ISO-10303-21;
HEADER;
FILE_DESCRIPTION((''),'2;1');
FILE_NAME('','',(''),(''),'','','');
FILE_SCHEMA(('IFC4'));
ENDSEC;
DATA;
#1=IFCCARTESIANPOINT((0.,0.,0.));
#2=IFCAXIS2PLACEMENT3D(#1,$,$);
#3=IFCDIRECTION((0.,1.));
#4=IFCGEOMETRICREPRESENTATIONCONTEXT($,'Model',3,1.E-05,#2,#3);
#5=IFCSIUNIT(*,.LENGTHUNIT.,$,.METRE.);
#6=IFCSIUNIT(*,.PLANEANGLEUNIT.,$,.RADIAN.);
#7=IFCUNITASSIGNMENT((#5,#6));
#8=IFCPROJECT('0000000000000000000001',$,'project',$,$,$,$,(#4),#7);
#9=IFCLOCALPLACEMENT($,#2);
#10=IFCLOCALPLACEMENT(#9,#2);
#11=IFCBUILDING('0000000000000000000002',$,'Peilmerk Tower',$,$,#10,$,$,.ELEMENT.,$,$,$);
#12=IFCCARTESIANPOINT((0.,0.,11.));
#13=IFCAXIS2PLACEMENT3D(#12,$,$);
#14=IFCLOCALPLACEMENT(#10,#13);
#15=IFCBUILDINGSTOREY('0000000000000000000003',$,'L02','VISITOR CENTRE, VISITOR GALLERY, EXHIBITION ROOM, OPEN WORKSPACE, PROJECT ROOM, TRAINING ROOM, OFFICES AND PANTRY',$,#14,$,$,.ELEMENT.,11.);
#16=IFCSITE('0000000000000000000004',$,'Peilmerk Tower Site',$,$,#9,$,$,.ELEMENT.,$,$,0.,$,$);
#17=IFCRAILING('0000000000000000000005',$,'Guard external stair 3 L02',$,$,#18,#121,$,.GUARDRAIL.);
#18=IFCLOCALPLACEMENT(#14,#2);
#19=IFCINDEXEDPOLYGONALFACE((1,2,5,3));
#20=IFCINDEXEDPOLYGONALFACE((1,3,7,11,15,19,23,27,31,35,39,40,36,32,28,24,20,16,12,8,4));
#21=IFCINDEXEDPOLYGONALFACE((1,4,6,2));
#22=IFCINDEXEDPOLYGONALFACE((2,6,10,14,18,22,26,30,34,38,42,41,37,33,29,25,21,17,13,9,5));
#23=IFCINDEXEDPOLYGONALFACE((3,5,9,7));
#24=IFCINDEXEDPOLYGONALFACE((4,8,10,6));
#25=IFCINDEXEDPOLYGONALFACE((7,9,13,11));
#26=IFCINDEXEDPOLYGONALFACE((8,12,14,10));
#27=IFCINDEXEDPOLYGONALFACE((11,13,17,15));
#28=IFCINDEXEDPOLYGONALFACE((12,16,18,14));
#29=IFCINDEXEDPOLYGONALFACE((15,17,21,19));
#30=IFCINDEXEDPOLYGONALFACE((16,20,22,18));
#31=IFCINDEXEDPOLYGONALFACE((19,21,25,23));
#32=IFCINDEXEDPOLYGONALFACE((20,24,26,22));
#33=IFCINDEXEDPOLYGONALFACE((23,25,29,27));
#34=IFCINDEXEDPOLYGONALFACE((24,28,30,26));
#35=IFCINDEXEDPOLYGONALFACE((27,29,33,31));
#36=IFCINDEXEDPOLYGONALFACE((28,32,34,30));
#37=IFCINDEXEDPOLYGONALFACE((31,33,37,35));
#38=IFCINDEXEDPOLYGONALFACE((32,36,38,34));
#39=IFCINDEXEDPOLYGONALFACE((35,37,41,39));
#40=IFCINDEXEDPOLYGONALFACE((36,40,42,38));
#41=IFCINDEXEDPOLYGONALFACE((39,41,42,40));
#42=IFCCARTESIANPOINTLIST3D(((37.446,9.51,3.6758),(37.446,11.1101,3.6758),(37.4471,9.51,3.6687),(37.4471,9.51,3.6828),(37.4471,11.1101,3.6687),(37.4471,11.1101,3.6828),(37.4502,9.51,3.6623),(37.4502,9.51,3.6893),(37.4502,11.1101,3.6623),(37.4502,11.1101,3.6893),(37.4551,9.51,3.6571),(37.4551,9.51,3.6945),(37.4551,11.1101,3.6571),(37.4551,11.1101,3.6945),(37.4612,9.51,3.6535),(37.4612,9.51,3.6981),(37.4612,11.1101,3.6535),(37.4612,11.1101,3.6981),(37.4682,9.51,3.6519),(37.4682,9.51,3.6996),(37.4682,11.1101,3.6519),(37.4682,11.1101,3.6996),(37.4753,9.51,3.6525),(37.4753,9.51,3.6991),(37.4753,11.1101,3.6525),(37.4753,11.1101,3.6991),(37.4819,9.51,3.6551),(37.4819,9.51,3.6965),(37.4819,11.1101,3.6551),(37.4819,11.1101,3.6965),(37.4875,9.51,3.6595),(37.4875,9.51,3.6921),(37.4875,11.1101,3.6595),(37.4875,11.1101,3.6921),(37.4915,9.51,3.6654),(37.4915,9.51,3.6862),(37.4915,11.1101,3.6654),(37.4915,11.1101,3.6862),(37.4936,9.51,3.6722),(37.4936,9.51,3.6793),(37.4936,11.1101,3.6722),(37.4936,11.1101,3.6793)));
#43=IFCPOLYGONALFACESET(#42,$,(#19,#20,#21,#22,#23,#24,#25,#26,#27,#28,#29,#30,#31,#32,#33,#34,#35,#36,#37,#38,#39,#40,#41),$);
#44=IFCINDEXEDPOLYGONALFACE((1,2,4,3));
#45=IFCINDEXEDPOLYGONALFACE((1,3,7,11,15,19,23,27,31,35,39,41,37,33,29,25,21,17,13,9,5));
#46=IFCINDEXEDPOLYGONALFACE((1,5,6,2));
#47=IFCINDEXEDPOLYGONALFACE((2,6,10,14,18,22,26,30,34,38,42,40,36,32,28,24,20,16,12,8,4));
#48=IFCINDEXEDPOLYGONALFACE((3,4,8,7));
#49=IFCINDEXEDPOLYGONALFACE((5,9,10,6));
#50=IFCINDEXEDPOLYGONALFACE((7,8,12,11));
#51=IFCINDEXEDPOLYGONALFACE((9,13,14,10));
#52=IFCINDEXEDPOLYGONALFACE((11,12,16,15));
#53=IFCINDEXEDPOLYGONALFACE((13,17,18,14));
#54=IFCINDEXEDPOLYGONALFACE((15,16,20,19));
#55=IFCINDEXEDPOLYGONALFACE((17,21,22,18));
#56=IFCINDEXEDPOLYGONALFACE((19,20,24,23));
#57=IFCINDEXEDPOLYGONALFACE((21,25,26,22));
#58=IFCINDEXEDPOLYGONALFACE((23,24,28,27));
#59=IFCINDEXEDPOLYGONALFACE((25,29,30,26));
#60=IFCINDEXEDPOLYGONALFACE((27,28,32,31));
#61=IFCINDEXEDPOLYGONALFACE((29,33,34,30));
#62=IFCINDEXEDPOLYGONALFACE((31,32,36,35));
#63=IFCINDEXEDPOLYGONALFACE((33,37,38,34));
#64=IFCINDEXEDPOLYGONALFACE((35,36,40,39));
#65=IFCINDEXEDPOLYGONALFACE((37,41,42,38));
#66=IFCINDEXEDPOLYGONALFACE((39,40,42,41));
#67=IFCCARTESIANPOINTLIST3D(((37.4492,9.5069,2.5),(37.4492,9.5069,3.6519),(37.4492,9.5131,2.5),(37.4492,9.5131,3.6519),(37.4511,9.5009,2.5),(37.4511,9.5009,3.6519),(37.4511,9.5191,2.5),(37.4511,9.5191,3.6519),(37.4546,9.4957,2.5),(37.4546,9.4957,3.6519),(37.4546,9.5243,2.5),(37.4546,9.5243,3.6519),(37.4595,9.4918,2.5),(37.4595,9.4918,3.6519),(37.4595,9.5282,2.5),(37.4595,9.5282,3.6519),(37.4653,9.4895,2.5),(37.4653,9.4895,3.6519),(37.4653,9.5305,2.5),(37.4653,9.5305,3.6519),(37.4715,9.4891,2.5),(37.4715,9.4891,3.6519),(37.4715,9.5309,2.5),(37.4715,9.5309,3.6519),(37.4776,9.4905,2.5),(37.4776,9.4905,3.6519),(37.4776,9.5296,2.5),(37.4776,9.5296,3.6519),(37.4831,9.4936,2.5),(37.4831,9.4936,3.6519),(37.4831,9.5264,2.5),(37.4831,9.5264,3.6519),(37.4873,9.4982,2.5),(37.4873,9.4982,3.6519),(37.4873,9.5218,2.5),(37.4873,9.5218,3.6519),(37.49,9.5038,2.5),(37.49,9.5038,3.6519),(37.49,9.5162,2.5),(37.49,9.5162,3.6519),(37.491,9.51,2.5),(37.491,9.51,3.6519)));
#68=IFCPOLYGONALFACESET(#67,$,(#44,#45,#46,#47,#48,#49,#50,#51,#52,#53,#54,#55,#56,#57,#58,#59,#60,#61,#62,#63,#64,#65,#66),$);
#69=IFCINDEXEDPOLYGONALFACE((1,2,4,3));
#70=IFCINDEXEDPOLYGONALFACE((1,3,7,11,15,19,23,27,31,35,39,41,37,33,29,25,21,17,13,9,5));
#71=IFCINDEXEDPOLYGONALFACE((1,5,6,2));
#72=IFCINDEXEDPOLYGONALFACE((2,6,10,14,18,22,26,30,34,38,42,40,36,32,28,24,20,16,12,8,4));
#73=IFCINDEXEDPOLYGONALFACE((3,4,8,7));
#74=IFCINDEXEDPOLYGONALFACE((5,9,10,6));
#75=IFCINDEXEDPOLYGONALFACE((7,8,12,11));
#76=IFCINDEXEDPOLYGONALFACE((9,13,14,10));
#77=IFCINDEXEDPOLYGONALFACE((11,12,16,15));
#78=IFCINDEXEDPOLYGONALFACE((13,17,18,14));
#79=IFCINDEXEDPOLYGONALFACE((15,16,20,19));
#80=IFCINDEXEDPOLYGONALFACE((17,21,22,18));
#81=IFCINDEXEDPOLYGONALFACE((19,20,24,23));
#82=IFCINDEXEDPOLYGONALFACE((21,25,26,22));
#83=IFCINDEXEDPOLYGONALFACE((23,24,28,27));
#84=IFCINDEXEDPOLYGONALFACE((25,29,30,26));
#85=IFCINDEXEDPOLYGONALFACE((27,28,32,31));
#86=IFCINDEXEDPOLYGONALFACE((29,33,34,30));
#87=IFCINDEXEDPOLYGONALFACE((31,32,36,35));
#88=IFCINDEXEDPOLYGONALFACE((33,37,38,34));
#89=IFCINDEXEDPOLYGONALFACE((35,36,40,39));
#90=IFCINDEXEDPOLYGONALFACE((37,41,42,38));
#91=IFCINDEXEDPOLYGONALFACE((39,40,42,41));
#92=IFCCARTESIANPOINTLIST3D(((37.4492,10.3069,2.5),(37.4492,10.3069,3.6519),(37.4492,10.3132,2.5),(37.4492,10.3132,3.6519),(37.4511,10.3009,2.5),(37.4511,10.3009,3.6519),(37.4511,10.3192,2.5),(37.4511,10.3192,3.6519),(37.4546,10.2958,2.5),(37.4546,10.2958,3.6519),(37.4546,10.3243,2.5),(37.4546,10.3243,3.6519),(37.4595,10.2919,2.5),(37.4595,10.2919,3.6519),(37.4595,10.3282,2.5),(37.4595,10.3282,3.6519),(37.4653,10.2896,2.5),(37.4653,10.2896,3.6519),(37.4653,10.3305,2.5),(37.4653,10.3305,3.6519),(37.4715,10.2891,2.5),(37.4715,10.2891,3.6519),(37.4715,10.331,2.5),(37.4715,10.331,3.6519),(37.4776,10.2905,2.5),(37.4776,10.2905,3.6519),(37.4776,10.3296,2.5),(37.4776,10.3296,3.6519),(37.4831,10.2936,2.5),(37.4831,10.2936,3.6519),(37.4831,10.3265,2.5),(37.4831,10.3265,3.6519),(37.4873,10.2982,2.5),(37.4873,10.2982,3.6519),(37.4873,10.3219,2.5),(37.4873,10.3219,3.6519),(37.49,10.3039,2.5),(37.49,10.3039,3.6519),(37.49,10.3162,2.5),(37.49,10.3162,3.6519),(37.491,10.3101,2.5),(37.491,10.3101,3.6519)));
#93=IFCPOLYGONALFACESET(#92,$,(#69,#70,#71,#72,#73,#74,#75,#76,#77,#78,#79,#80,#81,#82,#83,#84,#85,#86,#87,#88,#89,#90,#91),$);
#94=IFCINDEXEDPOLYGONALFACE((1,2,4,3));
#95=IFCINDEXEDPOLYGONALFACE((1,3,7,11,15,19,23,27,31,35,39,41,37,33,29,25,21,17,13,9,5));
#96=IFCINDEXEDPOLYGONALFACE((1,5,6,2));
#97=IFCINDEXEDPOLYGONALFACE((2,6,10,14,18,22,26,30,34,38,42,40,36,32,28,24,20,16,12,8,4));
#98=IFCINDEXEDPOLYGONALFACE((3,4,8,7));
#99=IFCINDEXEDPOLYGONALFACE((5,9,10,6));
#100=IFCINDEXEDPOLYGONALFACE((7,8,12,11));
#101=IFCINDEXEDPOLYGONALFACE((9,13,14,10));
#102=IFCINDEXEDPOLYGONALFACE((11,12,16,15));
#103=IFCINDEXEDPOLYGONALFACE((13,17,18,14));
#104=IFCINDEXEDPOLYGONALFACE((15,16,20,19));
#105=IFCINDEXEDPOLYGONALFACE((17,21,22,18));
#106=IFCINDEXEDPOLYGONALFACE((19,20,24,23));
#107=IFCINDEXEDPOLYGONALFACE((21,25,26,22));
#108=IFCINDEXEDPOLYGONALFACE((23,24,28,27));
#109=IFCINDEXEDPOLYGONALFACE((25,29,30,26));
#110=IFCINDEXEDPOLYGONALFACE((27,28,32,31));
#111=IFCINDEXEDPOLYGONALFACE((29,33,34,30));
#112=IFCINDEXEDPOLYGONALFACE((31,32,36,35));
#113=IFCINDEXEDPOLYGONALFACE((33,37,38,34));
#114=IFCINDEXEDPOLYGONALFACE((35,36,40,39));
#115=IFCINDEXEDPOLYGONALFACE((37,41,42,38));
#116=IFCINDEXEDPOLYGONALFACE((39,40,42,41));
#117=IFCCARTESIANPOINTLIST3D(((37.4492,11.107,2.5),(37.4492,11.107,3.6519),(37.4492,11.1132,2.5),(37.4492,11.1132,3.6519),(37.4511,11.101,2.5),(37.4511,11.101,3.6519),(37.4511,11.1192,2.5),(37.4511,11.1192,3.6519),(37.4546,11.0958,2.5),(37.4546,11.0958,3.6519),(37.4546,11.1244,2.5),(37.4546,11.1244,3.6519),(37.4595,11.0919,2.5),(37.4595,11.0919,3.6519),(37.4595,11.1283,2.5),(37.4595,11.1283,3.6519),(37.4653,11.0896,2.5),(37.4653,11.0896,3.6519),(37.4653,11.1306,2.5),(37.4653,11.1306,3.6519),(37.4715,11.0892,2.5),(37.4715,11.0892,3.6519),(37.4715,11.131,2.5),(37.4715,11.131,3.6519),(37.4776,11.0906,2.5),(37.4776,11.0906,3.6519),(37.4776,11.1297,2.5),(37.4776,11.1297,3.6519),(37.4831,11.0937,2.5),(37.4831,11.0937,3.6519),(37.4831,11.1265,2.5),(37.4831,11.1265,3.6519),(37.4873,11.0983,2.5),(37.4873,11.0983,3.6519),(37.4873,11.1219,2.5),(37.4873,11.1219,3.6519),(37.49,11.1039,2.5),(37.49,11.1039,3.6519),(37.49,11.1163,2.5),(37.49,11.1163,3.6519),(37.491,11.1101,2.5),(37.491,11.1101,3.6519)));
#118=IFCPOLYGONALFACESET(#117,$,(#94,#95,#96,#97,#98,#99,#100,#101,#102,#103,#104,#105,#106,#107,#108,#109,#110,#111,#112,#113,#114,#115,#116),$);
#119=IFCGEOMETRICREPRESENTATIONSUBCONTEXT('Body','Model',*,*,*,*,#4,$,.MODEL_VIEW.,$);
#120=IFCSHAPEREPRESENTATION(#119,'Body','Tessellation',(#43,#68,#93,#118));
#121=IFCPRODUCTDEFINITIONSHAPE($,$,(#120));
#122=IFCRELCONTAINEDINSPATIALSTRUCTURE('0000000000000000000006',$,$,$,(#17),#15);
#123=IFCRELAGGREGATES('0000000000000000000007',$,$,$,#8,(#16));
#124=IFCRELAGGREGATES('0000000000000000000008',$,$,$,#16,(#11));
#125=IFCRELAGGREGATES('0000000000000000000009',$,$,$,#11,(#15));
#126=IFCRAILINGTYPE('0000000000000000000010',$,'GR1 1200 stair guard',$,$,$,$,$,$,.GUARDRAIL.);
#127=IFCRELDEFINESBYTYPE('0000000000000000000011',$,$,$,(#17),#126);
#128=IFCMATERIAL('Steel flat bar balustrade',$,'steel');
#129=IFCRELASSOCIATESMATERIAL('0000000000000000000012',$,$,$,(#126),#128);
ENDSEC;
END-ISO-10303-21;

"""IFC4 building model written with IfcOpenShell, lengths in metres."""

from ifc_helpers import new_model, si_unit, direction, frame, origin, origin_2d, place, context, subcontext, project, spatial, circle, extrude, material, type_object, element, save


model = new_model("IFC4")

# Units and contexts
model_context = context("Model", 3, precision=1e-05, world=origin(), true_north=direction((0.0, 1.0)))
body_context = subcontext(model_context, "Body", "Model", "MODEL_VIEW")
ifc_project = project(units=[si_unit("LENGTHUNIT", "METRE"), si_unit("PLANEANGLEUNIT", "RADIAN")], contexts=[model_context])

# Site, building, storey
site_placement = place(None, origin())
site = spatial("IfcSite", under=ifc_project, at=site_placement, Name="Peilmerk Tower Site", CompositionType="ELEMENT", RefElevation=0.0)
building_placement = place(site_placement, origin())
building = spatial("IfcBuilding", under=site, at=building_placement, Name="Peilmerk Tower", CompositionType="ELEMENT")
storey_placement = place(building_placement, frame((0.0, 0.0, 11.0)))
storey = spatial("IfcBuildingStorey", under=building, at=storey_placement, Name="L02", Description="VISITOR CENTRE, VISITOR GALLERY, EXHIBITION ROOM, OPEN WORKSPACE, PROJECT ROOM, TRAINING ROOM, OFFICES AND PANTRY", CompositionType="ELEMENT", Elevation=11.0)

# Railing
ifc_material_1 = material(Name="Steel flat bar balustrade", Category="steel")
railing_type_1 = type_object("IfcRailingType", Name="GR1 1200 stair guard", PredefinedType="GUARDRAIL", material=ifc_material_1)
railing_1_placement = place(storey_placement, frame((37.47, 9.51, 2.5)))
element("IfcRailing", 1, at=railing_1_placement, inside=storey, type_object=railing_type_1, Name="Guard external stair 3 L02", PredefinedType="GUARDRAIL", context=body_context, shape_type="SweptSolid", body=[
    extrude(circle(Radius=0.0239, at=origin_2d()), frame((0.0, 0.0, 1.1758), z_axis=(0.0, 1.0, 0.0), x_axis=(-1.0, 0.0, 0.0)), (0.0, 0.0, 1.0), 1.6001),
    extrude(circle(Radius=0.021, at=origin_2d()), origin(), (0.0, 0.0, 1.0), 1.1519),
    extrude(circle(Radius=0.021, at=origin_2d()), frame((0.0, 0.8, 0.0)), (0.0, 0.0, 1.0), 1.1519),
    extrude(circle(Radius=0.021, at=origin_2d()), frame((0.0, 1.6001, 0.0)), (0.0, 0.0, 1.0), 1.1519),
])

save(model, "model.ifc")
